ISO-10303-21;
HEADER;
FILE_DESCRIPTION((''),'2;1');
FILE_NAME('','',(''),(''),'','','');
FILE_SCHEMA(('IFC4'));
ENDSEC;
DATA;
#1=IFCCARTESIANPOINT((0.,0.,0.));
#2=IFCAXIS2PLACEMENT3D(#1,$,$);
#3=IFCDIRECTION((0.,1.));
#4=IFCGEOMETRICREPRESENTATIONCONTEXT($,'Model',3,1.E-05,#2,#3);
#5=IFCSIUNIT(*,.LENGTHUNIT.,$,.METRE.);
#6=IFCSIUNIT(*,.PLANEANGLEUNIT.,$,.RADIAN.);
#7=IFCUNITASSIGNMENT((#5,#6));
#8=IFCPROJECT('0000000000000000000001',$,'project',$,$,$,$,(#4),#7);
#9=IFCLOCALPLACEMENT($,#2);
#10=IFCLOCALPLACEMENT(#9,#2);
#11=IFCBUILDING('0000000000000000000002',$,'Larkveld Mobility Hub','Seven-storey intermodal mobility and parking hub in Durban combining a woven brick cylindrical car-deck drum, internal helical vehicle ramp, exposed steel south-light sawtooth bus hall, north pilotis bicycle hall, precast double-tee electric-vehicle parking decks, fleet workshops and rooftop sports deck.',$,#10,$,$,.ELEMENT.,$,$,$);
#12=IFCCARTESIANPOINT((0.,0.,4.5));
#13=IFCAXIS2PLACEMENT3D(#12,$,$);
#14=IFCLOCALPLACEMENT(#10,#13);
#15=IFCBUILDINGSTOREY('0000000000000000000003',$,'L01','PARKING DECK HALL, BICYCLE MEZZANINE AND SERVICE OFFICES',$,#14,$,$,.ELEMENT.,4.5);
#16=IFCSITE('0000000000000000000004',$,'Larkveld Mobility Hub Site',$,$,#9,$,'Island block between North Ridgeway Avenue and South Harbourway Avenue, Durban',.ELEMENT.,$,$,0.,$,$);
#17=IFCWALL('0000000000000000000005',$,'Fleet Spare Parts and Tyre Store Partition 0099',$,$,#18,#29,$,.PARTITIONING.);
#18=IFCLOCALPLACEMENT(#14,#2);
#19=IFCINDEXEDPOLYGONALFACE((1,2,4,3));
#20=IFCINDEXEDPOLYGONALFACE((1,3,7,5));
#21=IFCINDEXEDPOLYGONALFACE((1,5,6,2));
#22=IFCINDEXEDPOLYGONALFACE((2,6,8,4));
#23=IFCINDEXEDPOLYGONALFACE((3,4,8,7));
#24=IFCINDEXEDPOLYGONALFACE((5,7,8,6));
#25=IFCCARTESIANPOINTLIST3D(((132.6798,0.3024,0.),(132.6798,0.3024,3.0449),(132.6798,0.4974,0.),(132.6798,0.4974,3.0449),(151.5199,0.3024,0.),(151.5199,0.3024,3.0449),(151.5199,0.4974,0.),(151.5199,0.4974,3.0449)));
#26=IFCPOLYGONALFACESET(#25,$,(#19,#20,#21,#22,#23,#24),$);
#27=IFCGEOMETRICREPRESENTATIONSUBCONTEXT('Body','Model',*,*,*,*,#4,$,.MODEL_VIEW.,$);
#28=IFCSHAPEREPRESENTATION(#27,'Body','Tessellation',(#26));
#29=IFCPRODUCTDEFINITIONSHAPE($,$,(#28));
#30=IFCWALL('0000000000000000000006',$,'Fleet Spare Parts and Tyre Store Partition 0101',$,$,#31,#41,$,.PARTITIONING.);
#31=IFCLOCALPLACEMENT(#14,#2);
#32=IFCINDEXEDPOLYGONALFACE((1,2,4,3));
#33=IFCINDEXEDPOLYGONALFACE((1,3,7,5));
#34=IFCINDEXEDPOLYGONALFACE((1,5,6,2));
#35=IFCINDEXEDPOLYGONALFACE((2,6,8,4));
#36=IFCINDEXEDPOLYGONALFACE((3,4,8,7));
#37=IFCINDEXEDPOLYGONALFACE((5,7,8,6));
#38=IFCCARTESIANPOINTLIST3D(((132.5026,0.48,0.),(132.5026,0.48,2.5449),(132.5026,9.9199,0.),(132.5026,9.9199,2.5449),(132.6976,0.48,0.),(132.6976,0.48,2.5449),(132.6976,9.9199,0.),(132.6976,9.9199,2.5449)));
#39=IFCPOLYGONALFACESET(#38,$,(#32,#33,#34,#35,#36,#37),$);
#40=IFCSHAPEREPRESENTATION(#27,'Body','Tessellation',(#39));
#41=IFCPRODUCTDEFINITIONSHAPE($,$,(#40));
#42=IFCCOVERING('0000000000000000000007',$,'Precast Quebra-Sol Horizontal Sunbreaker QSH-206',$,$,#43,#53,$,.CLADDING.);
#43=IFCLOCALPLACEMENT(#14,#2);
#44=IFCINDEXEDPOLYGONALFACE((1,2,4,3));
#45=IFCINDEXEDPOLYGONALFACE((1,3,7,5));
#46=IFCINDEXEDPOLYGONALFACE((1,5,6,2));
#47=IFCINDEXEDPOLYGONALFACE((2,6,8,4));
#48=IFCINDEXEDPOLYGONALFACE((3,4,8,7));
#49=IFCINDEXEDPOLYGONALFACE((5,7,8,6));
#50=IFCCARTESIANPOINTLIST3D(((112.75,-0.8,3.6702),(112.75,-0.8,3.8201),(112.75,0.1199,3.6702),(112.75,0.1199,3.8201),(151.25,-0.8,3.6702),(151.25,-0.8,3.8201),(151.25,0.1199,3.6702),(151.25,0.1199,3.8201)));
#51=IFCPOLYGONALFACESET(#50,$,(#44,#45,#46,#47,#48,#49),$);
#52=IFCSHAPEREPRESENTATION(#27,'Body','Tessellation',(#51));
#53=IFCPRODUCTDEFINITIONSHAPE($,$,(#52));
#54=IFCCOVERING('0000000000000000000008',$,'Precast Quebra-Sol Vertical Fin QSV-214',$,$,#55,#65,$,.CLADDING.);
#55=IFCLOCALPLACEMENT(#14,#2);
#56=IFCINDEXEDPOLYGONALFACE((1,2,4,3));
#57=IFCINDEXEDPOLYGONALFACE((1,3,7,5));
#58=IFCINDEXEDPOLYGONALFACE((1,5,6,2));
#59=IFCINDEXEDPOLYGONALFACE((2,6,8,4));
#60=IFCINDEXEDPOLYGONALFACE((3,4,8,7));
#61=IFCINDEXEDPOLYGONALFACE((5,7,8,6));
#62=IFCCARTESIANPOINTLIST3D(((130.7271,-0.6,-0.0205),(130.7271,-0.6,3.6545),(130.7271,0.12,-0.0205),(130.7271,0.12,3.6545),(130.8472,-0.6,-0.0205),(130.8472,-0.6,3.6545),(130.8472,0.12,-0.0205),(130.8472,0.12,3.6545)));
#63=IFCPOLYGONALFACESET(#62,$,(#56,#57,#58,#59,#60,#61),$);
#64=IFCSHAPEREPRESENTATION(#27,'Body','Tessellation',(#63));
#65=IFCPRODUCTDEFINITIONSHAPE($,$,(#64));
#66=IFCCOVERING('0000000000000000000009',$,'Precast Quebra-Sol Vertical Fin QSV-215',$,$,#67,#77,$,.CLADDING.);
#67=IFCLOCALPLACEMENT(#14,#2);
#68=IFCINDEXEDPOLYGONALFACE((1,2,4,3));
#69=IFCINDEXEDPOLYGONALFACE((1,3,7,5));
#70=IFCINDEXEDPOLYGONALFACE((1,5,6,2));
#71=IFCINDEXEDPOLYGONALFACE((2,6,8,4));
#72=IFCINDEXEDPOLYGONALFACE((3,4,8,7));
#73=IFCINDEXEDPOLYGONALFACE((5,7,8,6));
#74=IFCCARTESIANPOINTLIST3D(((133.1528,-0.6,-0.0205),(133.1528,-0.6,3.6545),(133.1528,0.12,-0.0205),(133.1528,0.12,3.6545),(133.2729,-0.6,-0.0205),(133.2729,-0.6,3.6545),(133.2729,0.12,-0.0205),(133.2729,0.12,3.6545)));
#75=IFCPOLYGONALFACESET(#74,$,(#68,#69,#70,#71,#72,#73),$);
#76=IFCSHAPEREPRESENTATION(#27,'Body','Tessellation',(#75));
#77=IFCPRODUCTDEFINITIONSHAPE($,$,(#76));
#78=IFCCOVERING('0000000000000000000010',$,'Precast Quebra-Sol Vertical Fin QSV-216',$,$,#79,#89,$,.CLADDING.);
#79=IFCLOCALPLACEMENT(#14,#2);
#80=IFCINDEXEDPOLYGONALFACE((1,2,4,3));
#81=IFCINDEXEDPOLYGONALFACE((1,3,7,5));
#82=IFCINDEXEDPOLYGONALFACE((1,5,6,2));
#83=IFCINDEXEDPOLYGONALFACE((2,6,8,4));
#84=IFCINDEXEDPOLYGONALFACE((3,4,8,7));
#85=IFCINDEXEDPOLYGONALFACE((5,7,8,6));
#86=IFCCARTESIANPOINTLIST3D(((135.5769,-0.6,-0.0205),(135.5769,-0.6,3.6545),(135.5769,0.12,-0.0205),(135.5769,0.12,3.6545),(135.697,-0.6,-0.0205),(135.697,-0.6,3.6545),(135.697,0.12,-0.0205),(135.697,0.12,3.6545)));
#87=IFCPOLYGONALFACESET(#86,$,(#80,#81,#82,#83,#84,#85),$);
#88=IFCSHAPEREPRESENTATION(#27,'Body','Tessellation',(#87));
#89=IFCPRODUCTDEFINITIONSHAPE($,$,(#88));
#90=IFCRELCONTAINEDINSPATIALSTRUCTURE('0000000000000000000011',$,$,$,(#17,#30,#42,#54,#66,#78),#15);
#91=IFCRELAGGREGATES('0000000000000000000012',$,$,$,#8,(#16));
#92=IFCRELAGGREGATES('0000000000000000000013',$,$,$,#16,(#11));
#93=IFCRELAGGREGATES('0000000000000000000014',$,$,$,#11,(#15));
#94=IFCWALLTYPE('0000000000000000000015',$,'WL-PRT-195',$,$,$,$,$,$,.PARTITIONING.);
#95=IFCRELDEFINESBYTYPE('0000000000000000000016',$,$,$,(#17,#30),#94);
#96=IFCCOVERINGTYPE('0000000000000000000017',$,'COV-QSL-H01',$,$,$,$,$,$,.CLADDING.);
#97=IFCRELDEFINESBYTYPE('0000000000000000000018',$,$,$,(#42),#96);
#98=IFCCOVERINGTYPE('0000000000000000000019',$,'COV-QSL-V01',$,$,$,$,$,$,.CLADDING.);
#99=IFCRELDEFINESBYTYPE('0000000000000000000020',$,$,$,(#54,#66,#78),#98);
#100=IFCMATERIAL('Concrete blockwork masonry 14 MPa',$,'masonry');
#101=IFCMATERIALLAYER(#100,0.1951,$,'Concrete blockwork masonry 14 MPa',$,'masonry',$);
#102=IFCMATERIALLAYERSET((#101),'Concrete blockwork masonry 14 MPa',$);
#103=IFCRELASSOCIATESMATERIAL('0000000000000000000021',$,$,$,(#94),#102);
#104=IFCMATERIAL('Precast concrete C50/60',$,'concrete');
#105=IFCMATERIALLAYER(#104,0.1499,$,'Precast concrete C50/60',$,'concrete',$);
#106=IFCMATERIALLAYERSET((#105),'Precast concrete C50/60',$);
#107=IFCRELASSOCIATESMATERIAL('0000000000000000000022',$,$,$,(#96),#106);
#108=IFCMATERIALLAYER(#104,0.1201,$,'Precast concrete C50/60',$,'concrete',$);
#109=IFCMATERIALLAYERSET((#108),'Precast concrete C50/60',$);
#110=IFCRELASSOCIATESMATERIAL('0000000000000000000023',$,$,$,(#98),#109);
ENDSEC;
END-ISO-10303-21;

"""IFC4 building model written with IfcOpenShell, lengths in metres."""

from ifc_helpers import new_model, si_unit, direction, frame, frame_2d, origin, origin_2d, place, context, subcontext, project, spatial, rectangle, extrude, material, layer, layer_set, type_object, element, save


model = new_model("IFC4")

# Units and contexts
model_context = context("Model", 3, precision=1e-05, world=origin(), true_north=direction((0.0, 1.0)))
body_context = subcontext(model_context, "Body", "Model", "MODEL_VIEW")
ifc_project = project(units=[si_unit("LENGTHUNIT", "METRE"), si_unit("PLANEANGLEUNIT", "RADIAN")], contexts=[model_context])

# Site, building, storey
site_placement = place(None, origin())
site = spatial("IfcSite", under=ifc_project, at=site_placement, Name="Larkveld Mobility Hub Site", LongName="Island block between North Ridgeway Avenue and South Harbourway Avenue, Durban", CompositionType="ELEMENT", RefElevation=0.0)
building_placement = place(site_placement, origin())
building = spatial("IfcBuilding", under=site, at=building_placement, Name="Larkveld Mobility Hub", Description="Seven-storey intermodal mobility and parking hub in Durban combining a woven brick cylindrical car-deck drum, internal helical vehicle ramp, exposed steel south-light sawtooth bus hall, north pilotis bicycle hall, precast double-tee electric-vehicle parking decks, fleet workshops and rooftop sports deck.", CompositionType="ELEMENT")
storey_placement = place(building_placement, frame((0.0, 0.0, 4.5)))
storey = spatial("IfcBuildingStorey", under=building, at=storey_placement, Name="L01", Description="PARKING DECK HALL, BICYCLE MEZZANINE AND SERVICE OFFICES", CompositionType="ELEMENT", Elevation=4.5)

# Shared definitions
ifc_material_1 = material(Name="Precast concrete C50/60", Category="concrete")

# Walls
ifc_material_2 = material(Name="Concrete blockwork masonry 14 MPa", Category="masonry")
ifc_layer_1 = layer(ifc_material_2, 0.1951, Name="Concrete blockwork masonry 14 MPa", Category="masonry")
ifc_layer_set_1 = layer_set([ifc_layer_1], Name="Concrete blockwork masonry 14 MPa")
wall_type = type_object("IfcWallType", Name="WL-PRT-195", PredefinedType="PARTITIONING", material=ifc_layer_set_1)
wall_1_placement = place(storey_placement, frame((132.6799, 0.3999, 0.0), z_axis=(0.0, 0.0, 1.0), x_axis=(1.0, 0.0, 0.0)))
element("IfcWall", 1, at=wall_1_placement, inside=storey, type_object=wall_type, Name="Fleet Spare Parts and Tyre Store Partition 0099", PredefinedType="PARTITIONING", context=body_context, shape_type="SweptSolid", body=[
    extrude(rectangle(XDim=18.8401, YDim=0.1951, at=frame_2d((9.4199, 0.0))), origin(), (0.0, 0.0, 1.0), 3.0449),
])
wall_2_placement = place(storey_placement, frame((132.6001, 0.48, 0.0), z_axis=(0.0, 0.0, 1.0), x_axis=(0.0, 1.0, 0.0)))
element("IfcWall", 2, at=wall_2_placement, inside=storey, type_object=wall_type, Name="Fleet Spare Parts and Tyre Store Partition 0101", PredefinedType="PARTITIONING", context=body_context, shape_type="SweptSolid", body=[
    extrude(rectangle(XDim=9.4399, YDim=0.1951, at=frame_2d((4.72, 0.0))), origin(), (0.0, 0.0, 1.0), 2.5449),
])

# Coverings
ifc_layer_2 = layer(ifc_material_1, 0.1499, Name="Precast concrete C50/60", Category="concrete")
ifc_layer_set_2 = layer_set([ifc_layer_2], Name="Precast concrete C50/60")
covering_type_1 = type_object("IfcCoveringType", Name="COV-QSL-H01", PredefinedType="CLADDING", material=ifc_layer_set_2)
covering_placement = place(storey_placement, frame((132.0, -0.3401, 3.6702), z_axis=(0.0, 0.0, 1.0), x_axis=(1.0, 0.0, 0.0)))
element("IfcCovering", 3, at=covering_placement, inside=storey, type_object=covering_type_1, Name="Precast Quebra-Sol Horizontal Sunbreaker QSH-206", PredefinedType="CLADDING", context=body_context, shape_type="SweptSolid", body=[
    extrude(rectangle(XDim=38.5, YDim=0.9199, at=origin_2d()), origin(), (0.0, 0.0, 1.0), 0.1499),
])
ifc_layer_3 = layer(ifc_material_1, 0.1201, Name="Precast concrete C50/60", Category="concrete")
ifc_layer_set_3 = layer_set([ifc_layer_3], Name="Precast concrete C50/60")
covering_type_2 = type_object("IfcCoveringType", Name="COV-QSL-V01", PredefinedType="CLADDING", material=ifc_layer_set_3)
for number, where, z_axis, x_axis, name in (
    (4, (130.7871, -0.24, -0.0205), (0.0, 0.0, 1.0), (1.0, 0.0, 0.0), "Precast Quebra-Sol Vertical Fin QSV-214"),
    (5, (133.2129, -0.24, -0.0205), (0.0, 0.0, 1.0), (1.0, 0.0, 0.0), "Precast Quebra-Sol Vertical Fin QSV-215"),
    (6, (135.637, -0.24, -0.0205), (0.0, 0.0, 1.0), (1.0, 0.0, 0.0), "Precast Quebra-Sol Vertical Fin QSV-216"),
):
    element("IfcCovering", number, at=place(storey_placement, frame(where, z_axis=z_axis, x_axis=x_axis)), inside=storey, type_object=covering_type_2, Name=name, PredefinedType="CLADDING", context=body_context, shape_type="SweptSolid", body=[
        extrude(rectangle(XDim=0.1201, YDim=0.72, at=origin_2d()), origin(), (0.0, 0.0, 1.0), 3.675),
    ])

save(model, "model.ifc")
